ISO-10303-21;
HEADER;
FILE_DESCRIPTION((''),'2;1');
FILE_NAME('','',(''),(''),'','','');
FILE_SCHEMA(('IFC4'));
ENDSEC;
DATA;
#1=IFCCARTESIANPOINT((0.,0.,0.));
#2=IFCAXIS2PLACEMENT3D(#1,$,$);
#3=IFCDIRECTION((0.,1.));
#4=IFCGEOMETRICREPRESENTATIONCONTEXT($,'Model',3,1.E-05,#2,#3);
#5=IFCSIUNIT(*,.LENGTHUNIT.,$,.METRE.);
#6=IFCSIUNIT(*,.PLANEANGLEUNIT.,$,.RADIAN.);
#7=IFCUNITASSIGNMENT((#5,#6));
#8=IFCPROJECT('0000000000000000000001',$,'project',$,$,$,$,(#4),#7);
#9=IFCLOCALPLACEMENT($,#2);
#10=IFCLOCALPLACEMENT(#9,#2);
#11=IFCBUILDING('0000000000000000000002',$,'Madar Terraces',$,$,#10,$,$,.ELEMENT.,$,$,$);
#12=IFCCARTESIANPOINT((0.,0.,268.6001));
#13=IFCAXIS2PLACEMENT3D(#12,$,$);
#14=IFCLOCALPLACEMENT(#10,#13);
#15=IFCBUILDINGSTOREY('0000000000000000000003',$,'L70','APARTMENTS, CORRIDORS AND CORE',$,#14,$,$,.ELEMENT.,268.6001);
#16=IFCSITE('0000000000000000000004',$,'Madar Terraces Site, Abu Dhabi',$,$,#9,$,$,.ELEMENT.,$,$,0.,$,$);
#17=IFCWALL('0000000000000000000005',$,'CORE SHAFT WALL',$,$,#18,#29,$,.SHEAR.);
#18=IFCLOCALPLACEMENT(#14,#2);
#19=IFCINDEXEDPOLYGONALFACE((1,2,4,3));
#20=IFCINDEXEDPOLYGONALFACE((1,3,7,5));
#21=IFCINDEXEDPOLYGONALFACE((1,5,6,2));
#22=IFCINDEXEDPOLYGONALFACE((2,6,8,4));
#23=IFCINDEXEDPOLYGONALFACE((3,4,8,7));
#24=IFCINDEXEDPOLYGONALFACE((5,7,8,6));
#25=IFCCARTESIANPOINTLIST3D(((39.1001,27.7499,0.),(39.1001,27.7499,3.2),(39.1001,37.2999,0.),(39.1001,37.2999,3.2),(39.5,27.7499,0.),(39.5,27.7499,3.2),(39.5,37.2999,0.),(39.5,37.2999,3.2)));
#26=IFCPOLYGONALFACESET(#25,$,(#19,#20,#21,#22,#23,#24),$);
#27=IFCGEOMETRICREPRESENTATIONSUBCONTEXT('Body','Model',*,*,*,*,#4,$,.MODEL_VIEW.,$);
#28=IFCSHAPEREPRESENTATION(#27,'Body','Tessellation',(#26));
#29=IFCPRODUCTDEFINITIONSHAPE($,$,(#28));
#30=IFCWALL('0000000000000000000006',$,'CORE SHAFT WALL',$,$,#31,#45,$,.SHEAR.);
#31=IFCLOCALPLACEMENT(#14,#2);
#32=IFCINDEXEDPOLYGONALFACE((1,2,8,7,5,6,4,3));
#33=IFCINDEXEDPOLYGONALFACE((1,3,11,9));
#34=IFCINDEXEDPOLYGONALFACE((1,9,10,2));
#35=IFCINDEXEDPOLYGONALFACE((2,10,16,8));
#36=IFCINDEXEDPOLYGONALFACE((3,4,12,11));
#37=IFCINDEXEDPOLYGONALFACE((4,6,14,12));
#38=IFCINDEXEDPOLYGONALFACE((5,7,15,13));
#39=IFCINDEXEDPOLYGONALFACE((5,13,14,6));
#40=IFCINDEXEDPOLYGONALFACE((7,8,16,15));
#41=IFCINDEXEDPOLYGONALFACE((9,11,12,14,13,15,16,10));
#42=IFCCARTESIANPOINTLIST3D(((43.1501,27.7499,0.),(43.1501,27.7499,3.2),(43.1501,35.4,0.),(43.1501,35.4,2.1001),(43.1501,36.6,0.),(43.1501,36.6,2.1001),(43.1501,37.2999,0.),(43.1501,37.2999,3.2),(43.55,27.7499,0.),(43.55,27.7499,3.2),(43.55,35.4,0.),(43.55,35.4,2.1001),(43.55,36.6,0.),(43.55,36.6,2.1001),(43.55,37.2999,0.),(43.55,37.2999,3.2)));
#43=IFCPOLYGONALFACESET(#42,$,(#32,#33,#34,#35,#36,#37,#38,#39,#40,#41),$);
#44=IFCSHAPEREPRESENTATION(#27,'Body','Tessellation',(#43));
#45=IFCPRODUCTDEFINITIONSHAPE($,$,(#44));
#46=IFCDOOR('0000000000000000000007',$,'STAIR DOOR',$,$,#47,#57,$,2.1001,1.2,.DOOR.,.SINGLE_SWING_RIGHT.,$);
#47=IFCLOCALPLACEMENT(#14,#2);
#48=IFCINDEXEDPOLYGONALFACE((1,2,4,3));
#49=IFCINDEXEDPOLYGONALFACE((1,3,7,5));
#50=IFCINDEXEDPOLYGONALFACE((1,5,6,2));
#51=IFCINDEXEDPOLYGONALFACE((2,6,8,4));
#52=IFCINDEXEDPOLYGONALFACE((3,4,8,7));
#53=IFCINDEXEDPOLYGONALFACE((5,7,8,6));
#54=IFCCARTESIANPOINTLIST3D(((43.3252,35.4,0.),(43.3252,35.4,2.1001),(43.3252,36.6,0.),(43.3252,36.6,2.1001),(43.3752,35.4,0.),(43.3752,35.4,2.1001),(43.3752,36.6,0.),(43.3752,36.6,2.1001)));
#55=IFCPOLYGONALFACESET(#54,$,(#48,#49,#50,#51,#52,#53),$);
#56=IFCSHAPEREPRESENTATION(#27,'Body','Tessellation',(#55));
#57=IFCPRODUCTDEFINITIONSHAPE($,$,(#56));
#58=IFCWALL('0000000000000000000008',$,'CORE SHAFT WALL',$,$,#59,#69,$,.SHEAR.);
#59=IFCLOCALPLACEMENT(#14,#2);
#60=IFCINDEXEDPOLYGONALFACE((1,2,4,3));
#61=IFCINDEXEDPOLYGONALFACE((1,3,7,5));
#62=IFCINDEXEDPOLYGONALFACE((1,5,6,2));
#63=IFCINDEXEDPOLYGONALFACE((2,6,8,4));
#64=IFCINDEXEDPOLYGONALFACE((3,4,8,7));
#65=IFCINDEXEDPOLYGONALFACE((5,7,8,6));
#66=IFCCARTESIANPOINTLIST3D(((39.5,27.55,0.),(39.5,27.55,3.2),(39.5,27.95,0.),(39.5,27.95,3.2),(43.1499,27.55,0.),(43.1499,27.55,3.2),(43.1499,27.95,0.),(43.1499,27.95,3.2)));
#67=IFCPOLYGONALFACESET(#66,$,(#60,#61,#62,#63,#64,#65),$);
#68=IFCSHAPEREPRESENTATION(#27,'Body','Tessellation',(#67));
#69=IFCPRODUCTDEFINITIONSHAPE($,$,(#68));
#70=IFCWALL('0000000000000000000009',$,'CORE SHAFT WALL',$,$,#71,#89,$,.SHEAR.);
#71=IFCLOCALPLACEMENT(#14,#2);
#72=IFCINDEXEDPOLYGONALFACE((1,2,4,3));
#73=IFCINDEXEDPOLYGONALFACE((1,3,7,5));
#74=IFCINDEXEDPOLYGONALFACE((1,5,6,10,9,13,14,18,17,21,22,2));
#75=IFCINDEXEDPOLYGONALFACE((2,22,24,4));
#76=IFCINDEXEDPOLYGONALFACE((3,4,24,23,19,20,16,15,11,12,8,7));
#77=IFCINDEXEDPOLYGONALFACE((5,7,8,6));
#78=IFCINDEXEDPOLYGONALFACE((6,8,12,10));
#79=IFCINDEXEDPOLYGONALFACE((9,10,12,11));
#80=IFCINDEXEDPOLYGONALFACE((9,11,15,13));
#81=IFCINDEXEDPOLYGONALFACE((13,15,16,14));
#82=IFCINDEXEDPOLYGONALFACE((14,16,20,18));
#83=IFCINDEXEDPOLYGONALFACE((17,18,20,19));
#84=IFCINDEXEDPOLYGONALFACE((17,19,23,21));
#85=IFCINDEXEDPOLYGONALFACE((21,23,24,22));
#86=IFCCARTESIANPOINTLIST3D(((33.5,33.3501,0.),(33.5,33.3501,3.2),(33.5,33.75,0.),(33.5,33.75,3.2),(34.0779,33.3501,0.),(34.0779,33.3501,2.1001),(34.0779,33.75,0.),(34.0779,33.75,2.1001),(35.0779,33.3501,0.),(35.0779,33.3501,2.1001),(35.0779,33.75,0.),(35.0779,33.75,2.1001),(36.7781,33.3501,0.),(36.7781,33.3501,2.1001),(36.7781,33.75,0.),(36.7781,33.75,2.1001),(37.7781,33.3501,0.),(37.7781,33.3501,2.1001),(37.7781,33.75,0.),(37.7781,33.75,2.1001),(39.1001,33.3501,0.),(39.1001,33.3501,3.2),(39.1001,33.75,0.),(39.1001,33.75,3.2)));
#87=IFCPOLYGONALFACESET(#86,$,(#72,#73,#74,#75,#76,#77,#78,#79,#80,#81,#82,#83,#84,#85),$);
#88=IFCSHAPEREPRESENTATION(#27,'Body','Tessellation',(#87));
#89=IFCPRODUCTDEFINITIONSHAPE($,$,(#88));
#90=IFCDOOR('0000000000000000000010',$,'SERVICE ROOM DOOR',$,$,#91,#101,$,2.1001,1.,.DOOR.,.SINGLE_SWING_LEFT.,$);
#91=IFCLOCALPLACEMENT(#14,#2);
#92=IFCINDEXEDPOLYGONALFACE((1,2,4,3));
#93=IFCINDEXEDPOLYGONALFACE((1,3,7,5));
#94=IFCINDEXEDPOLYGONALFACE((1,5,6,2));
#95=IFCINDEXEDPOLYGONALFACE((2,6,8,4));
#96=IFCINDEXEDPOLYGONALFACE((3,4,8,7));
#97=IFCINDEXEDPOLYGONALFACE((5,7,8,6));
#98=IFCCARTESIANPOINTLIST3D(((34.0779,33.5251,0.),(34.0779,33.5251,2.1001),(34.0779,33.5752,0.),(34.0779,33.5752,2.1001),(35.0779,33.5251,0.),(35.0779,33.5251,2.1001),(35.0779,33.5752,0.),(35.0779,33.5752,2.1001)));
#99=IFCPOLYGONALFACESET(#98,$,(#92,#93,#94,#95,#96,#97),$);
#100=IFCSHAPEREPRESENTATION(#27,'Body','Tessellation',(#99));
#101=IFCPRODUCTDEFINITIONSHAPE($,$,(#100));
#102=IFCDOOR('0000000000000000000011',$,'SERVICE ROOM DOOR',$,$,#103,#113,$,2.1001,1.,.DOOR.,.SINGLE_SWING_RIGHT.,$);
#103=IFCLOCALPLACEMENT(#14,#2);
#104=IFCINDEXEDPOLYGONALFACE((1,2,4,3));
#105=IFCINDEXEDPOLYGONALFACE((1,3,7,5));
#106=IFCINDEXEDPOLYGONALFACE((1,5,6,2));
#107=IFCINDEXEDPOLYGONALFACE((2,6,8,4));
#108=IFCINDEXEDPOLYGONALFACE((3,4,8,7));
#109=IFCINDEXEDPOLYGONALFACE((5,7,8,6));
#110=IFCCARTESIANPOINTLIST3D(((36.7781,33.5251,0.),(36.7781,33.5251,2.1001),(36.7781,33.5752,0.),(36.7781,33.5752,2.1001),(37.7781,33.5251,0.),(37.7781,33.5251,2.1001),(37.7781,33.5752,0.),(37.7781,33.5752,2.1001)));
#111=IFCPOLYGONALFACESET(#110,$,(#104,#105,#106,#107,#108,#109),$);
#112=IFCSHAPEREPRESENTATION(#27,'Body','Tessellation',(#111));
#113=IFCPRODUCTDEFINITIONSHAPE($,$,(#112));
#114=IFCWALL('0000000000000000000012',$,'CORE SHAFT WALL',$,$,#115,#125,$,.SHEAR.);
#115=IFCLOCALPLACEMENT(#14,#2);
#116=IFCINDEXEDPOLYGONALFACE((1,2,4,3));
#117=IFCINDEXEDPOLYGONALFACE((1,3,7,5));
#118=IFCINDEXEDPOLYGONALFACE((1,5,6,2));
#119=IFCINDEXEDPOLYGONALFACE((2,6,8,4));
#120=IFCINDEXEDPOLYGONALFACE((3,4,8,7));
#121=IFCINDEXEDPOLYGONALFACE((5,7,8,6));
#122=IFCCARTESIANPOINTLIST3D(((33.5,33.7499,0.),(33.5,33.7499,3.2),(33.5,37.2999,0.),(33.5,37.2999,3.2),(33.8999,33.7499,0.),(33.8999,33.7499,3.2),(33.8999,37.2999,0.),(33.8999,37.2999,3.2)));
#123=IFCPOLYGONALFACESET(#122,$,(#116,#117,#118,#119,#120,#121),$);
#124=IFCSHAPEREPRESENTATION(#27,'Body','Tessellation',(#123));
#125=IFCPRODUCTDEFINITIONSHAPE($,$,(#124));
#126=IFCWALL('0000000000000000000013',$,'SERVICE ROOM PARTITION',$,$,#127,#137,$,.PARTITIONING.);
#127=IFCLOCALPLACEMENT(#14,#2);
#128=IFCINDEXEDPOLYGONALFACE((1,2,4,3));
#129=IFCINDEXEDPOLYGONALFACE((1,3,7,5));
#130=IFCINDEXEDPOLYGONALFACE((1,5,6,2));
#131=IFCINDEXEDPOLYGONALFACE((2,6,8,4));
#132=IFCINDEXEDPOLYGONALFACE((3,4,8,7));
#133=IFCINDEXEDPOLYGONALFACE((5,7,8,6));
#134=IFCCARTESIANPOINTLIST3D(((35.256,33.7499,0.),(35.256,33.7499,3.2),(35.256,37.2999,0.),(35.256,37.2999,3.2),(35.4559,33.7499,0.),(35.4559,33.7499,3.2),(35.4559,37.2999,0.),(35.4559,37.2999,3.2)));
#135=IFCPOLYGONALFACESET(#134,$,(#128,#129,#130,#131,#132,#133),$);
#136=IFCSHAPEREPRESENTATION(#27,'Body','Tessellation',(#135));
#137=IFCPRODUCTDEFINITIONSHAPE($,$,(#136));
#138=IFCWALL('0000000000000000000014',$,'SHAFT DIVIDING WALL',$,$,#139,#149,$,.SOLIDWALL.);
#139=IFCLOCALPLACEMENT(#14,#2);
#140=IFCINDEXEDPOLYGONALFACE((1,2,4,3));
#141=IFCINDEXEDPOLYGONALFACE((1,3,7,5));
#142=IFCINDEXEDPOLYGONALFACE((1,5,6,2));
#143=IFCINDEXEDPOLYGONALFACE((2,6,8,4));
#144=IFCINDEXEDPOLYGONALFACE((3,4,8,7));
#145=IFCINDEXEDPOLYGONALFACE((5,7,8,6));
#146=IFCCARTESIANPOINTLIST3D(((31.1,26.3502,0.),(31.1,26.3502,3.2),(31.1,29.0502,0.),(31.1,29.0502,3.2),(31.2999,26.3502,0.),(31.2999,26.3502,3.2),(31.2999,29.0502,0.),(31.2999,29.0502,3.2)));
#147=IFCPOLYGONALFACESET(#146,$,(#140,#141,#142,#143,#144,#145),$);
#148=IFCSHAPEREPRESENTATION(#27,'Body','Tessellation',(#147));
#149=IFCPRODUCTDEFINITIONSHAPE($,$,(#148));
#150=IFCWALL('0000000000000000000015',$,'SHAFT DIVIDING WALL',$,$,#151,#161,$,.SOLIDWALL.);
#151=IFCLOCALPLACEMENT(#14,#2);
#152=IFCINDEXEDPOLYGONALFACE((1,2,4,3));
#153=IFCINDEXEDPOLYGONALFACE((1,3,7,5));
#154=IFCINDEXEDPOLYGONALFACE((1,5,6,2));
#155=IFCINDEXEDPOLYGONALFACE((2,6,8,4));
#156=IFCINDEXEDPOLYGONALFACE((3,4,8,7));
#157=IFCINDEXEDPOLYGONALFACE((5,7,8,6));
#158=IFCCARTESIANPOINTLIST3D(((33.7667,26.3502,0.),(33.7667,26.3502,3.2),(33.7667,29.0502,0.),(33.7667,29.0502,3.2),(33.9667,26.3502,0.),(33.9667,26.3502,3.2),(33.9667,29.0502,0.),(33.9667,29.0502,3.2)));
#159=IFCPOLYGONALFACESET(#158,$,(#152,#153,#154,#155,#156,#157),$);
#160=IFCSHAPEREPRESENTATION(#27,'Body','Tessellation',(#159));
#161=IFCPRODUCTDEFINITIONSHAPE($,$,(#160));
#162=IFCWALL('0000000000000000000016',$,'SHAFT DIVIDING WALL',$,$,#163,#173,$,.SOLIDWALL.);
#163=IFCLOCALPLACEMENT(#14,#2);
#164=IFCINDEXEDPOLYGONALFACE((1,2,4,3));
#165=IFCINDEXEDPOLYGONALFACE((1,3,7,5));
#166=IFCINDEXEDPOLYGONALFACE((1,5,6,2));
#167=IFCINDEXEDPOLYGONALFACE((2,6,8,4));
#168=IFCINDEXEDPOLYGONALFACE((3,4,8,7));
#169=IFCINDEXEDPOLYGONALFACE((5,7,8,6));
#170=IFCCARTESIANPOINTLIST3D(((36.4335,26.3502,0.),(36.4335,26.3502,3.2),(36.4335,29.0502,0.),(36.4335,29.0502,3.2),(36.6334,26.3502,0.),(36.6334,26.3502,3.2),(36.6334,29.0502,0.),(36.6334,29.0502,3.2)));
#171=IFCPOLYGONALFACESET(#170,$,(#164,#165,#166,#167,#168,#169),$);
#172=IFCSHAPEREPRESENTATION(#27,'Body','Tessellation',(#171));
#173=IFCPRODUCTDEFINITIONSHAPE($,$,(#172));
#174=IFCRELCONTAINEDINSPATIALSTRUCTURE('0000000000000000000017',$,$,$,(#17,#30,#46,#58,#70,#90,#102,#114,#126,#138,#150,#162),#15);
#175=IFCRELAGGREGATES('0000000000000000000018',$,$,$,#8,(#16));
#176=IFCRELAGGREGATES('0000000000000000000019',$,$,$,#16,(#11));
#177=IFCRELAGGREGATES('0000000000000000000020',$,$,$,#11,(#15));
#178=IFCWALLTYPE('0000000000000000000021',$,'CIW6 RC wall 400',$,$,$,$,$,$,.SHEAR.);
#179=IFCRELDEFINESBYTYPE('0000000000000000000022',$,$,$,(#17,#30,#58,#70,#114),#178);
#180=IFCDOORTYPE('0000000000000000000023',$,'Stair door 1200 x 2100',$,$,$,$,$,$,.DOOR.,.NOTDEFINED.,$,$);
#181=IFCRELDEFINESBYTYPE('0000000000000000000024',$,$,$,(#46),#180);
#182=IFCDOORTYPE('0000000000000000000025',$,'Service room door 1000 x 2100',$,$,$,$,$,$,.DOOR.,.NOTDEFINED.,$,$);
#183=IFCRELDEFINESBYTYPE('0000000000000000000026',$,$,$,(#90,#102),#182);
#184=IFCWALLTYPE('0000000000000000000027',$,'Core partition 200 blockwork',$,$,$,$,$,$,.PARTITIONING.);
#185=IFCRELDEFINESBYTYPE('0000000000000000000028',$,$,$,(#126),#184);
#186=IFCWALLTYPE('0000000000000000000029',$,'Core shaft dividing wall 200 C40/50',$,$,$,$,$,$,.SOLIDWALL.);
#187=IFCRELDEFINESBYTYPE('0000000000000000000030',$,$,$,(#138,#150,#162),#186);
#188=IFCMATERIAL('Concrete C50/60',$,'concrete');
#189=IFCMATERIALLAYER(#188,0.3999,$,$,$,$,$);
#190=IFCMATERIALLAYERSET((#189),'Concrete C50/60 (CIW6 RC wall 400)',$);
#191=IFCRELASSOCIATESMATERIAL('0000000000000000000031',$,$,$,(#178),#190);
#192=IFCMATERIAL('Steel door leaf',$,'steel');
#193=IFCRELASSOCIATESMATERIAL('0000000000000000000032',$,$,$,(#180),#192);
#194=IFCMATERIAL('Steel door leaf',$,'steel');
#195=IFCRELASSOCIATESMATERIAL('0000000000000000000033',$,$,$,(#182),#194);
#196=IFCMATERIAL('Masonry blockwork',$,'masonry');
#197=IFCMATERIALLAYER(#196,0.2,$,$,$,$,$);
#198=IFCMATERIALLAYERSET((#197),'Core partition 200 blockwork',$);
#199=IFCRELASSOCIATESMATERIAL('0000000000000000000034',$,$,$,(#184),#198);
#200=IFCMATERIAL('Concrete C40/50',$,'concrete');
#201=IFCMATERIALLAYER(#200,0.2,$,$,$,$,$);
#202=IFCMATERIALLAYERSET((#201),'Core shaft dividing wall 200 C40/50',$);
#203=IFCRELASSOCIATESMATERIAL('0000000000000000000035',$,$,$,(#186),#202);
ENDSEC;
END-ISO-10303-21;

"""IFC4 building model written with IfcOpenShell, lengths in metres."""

from ifc_helpers import new_model, si_unit, direction, frame, frame_2d, origin, place, context, subcontext, project, spatial, rectangle, extrude, material, layer, layer_set, type_object, element, fill, save


model = new_model("IFC4")

# Units and contexts
model_context = context("Model", 3, precision=1e-05, world=origin(), true_north=direction((0.0, 1.0)))
body_context = subcontext(model_context, "Body", "Model", "MODEL_VIEW")
ifc_project = project(units=[si_unit("LENGTHUNIT", "METRE"), si_unit("PLANEANGLEUNIT", "RADIAN")], contexts=[model_context])

# Site, building, storey
site_placement = place(None, origin())
site = spatial("IfcSite", under=ifc_project, at=site_placement, Name="Madar Terraces Site, Abu Dhabi", CompositionType="ELEMENT", RefElevation=0.0)
building_placement = place(site_placement, origin())
building = spatial("IfcBuilding", under=site, at=building_placement, Name="Madar Terraces", CompositionType="ELEMENT")
storey_placement = place(building_placement, frame((0.0, 0.0, 268.6001)))
storey = spatial("IfcBuildingStorey", under=building, at=storey_placement, Name="L70", Description="APARTMENTS, CORRIDORS AND CORE", CompositionType="ELEMENT", Elevation=268.6001)

# Wall
ifc_material_1 = material(Name="Concrete C50/60", Category="concrete")
ifc_layer_1 = layer(ifc_material_1, 0.3999)
ifc_layer_set_1 = layer_set([ifc_layer_1], Name="Concrete C50/60 (CIW6 RC wall 400)")
wall_type_1 = type_object("IfcWallType", Name="CIW6 RC wall 400", PredefinedType="SHEAR", material=ifc_layer_set_1)
wall_1_placement = place(storey_placement, frame((39.3, 27.75, 0.0), z_axis=(0.0, 0.0, 1.0), x_axis=(0.0, 1.0, 0.0)))
element("IfcWall", 1, at=wall_1_placement, inside=storey, type_object=wall_type_1, Name="CORE SHAFT WALL", PredefinedType="SHEAR", context=body_context, shape_type="SweptSolid", body=[
    extrude(rectangle(XDim=9.55, YDim=0.3999, at=frame_2d((4.7749, 0.0))), origin(), (0.0, 0.0, 1.0), 3.2),
])

# Wall, opening, door
wall_2_placement = place(storey_placement, frame((43.3501, 27.75, 0.0), z_axis=(0.0, 0.0, 1.0), x_axis=(0.0, 1.0, 0.0)))
wall_2 = element("IfcWall", 2, at=wall_2_placement, inside=storey, type_object=wall_type_1, Name="CORE SHAFT WALL", PredefinedType="SHEAR", context=body_context, shape_type="SweptSolid", body=[
    extrude(rectangle(XDim=9.55, YDim=0.3999, at=frame_2d((4.7749, 0.0))), origin(), (0.0, 0.0, 1.0), 3.2),
])
opening_1_placement = place(wall_2_placement, frame((7.6499, 0.0, 0.0)))
opening_1 = element("IfcOpeningElement", 3, at=opening_1_placement, cuts=wall_2, PredefinedType="OPENING", context=body_context, shape_type="SweptSolid", body=[
    extrude(rectangle(XDim=1.2, YDim=2.1001, at=frame_2d((0.6001, 1.05))), frame((0.0, 0.21, 0.0), z_axis=(0.0, -1.0, 0.0), x_axis=(1.0, 0.0, 0.0)), (0.0, 0.0, 1.0), 0.4199),
])
ifc_material_2 = material(Name="Steel door leaf", Category="steel")
door_type_1 = type_object("IfcDoorType", Name="Stair door 1200 x 2100", OperationType="NOTDEFINED", PredefinedType="DOOR", material=ifc_material_2)
door_1_placement = place(opening_1_placement, origin())
door_1 = element("IfcDoor", 4, at=door_1_placement, inside=storey, type_object=door_type_1, Name="STAIR DOOR", OperationType="SINGLE_SWING_RIGHT", OverallHeight=2.1001, OverallWidth=1.2, PredefinedType="DOOR", context=body_context, shape_type="SweptSolid", body=[
    extrude(rectangle(XDim=1.2, YDim=2.1001, at=frame_2d((0.6001, 1.05))), frame((0.0, 0.0249, 0.0), z_axis=(0.0, -1.0, 0.0), x_axis=(1.0, 0.0, 0.0)), (0.0, 0.0, 1.0), 0.05),
])
fill(opening_1, door_1)

# Wall
wall_3_placement = place(storey_placement, frame((39.5, 27.75, 0.0), z_axis=(0.0, 0.0, 1.0), x_axis=(1.0, 0.0, 0.0)))
element("IfcWall", 5, at=wall_3_placement, inside=storey, type_object=wall_type_1, Name="CORE SHAFT WALL", PredefinedType="SHEAR", context=body_context, shape_type="SweptSolid", body=[
    extrude(rectangle(XDim=3.6499, YDim=0.3999, at=frame_2d((1.825, 0.0))), origin(), (0.0, 0.0, 1.0), 3.2),
])

# Wall, openings, doors
wall_4_placement = place(storey_placement, frame((33.5, 33.55, 0.0), z_axis=(0.0, 0.0, 1.0), x_axis=(1.0, 0.0, 0.0)))
wall_4 = element("IfcWall", 6, at=wall_4_placement, inside=storey, type_object=wall_type_1, Name="CORE SHAFT WALL", PredefinedType="SHEAR", context=body_context, shape_type="SweptSolid", body=[
    extrude(rectangle(XDim=5.6001, YDim=0.3999, at=frame_2d((2.8, 0.0))), origin(), (0.0, 0.0, 1.0), 3.2),
])
opening_2_placement = place(wall_4_placement, frame((0.5779, 0.0, 0.0)))
opening_2 = element("IfcOpeningElement", 7, at=opening_2_placement, cuts=wall_4, PredefinedType="OPENING", context=body_context, shape_type="SweptSolid", body=[
    extrude(rectangle(XDim=1.0, YDim=2.1001, at=frame_2d((0.5, 1.05))), frame((0.0, 0.21, 0.0), z_axis=(0.0, -1.0, 0.0), x_axis=(1.0, 0.0, 0.0)), (0.0, 0.0, 1.0), 0.4199),
])
opening_3_placement = place(wall_4_placement, frame((3.2781, 0.0, 0.0)))
opening_3 = element("IfcOpeningElement", 8, at=opening_3_placement, cuts=wall_4, PredefinedType="OPENING", context=body_context, shape_type="SweptSolid", body=[
    extrude(rectangle(XDim=1.0, YDim=2.1001, at=frame_2d((0.5, 1.05))), frame((0.0, 0.21, 0.0), z_axis=(0.0, -1.0, 0.0), x_axis=(1.0, 0.0, 0.0)), (0.0, 0.0, 1.0), 0.4199),
])
ifc_material_3 = material(Name="Steel door leaf", Category="steel")
door_type_2 = type_object("IfcDoorType", Name="Service room door 1000 x 2100", OperationType="NOTDEFINED", PredefinedType="DOOR", material=ifc_material_3)
door_2_placement = place(opening_2_placement, frame((1.0, 0.0, 0.0), z_axis=(0.0, 0.0, 1.0), x_axis=(-1.0, 0.0, 0.0)))
door_2 = element("IfcDoor", 9, at=door_2_placement, inside=storey, type_object=door_type_2, Name="SERVICE ROOM DOOR", OperationType="SINGLE_SWING_LEFT", OverallHeight=2.1001, OverallWidth=1.0, PredefinedType="DOOR", context=body_context, shape_type="SweptSolid", body=[
    extrude(rectangle(XDim=1.0, YDim=2.1001, at=frame_2d((0.5, 1.05))), frame((0.0, 0.0249, 0.0), z_axis=(0.0, -1.0, 0.0), x_axis=(1.0, 0.0, 0.0)), (0.0, 0.0, 1.0), 0.05),
])
fill(opening_2, door_2)
door_3_placement = place(opening_3_placement, frame((1.0, 0.0, 0.0), z_axis=(0.0, 0.0, 1.0), x_axis=(-1.0, 0.0, 0.0)))
door_3 = element("IfcDoor", 10, at=door_3_placement, inside=storey, type_object=door_type_2, Name="SERVICE ROOM DOOR", OperationType="SINGLE_SWING_RIGHT", OverallHeight=2.1001, OverallWidth=1.0, PredefinedType="DOOR", context=body_context, shape_type="SweptSolid", body=[
    extrude(rectangle(XDim=1.0, YDim=2.1001, at=frame_2d((0.5, 1.05))), frame((0.0, 0.0249, 0.0), z_axis=(0.0, -1.0, 0.0), x_axis=(1.0, 0.0, 0.0)), (0.0, 0.0, 1.0), 0.05),
])
fill(opening_3, door_3)

# Walls
wall_5_placement = place(storey_placement, frame((33.7, 33.75, 0.0), z_axis=(0.0, 0.0, 1.0), x_axis=(0.0, 1.0, 0.0)))
element("IfcWall", 11, at=wall_5_placement, inside=storey, type_object=wall_type_1, Name="CORE SHAFT WALL", PredefinedType="SHEAR", context=body_context, shape_type="SweptSolid", body=[
    extrude(rectangle(XDim=3.55, YDim=0.3999, at=frame_2d((1.7749, 0.0))), origin(), (0.0, 0.0, 1.0), 3.2),
])
ifc_material_4 = material(Name="Masonry blockwork", Category="masonry")
ifc_layer_2 = layer(ifc_material_4, 0.2)
ifc_layer_set_2 = layer_set([ifc_layer_2], Name="Core partition 200 blockwork")
wall_type_2 = type_object("IfcWallType", Name="Core partition 200 blockwork", PredefinedType="PARTITIONING", material=ifc_layer_set_2)
wall_6_placement = place(storey_placement, frame((35.356, 33.75, 0.0), z_axis=(0.0, 0.0, 1.0), x_axis=(0.0, 1.0, 0.0)))
element("IfcWall", 12, at=wall_6_placement, inside=storey, type_object=wall_type_2, Name="SERVICE ROOM PARTITION", PredefinedType="PARTITIONING", context=body_context, shape_type="SweptSolid", body=[
    extrude(rectangle(XDim=3.55, YDim=0.2, at=frame_2d((1.7749, 0.0))), origin(), (0.0, 0.0, 1.0), 3.2),
])
ifc_material_5 = material(Name="Concrete C40/50", Category="concrete")
ifc_layer_3 = layer(ifc_material_5, 0.2)
ifc_layer_set_3 = layer_set([ifc_layer_3], Name="Core shaft dividing wall 200 C40/50")
wall_type_3 = type_object("IfcWallType", Name="Core shaft dividing wall 200 C40/50", PredefinedType="SOLIDWALL", material=ifc_layer_set_3)
for number, where, z_axis, x_axis, name in (
    (13, (31.2, 26.3501, 0.0), (0.0, 0.0, 1.0), (0.0, 1.0, 0.0), "SHAFT DIVIDING WALL"),
    (14, (33.8667, 26.3501, 0.0), (0.0, 0.0, 1.0), (0.0, 1.0, 0.0), "SHAFT DIVIDING WALL"),
    (15, (36.5334, 26.3501, 0.0), (0.0, 0.0, 1.0), (0.0, 1.0, 0.0), "SHAFT DIVIDING WALL"),
):
    element("IfcWall", number, at=place(storey_placement, frame(where, z_axis=z_axis, x_axis=x_axis)), inside=storey, type_object=wall_type_3, Name=name, PredefinedType="SOLIDWALL", context=body_context, shape_type="SweptSolid", body=[
        extrude(rectangle(XDim=2.7, YDim=0.2, at=frame_2d((1.3501, 0.0))), origin(), (0.0, 0.0, 1.0), 3.2),
    ])

save(model, "model.ifc")
